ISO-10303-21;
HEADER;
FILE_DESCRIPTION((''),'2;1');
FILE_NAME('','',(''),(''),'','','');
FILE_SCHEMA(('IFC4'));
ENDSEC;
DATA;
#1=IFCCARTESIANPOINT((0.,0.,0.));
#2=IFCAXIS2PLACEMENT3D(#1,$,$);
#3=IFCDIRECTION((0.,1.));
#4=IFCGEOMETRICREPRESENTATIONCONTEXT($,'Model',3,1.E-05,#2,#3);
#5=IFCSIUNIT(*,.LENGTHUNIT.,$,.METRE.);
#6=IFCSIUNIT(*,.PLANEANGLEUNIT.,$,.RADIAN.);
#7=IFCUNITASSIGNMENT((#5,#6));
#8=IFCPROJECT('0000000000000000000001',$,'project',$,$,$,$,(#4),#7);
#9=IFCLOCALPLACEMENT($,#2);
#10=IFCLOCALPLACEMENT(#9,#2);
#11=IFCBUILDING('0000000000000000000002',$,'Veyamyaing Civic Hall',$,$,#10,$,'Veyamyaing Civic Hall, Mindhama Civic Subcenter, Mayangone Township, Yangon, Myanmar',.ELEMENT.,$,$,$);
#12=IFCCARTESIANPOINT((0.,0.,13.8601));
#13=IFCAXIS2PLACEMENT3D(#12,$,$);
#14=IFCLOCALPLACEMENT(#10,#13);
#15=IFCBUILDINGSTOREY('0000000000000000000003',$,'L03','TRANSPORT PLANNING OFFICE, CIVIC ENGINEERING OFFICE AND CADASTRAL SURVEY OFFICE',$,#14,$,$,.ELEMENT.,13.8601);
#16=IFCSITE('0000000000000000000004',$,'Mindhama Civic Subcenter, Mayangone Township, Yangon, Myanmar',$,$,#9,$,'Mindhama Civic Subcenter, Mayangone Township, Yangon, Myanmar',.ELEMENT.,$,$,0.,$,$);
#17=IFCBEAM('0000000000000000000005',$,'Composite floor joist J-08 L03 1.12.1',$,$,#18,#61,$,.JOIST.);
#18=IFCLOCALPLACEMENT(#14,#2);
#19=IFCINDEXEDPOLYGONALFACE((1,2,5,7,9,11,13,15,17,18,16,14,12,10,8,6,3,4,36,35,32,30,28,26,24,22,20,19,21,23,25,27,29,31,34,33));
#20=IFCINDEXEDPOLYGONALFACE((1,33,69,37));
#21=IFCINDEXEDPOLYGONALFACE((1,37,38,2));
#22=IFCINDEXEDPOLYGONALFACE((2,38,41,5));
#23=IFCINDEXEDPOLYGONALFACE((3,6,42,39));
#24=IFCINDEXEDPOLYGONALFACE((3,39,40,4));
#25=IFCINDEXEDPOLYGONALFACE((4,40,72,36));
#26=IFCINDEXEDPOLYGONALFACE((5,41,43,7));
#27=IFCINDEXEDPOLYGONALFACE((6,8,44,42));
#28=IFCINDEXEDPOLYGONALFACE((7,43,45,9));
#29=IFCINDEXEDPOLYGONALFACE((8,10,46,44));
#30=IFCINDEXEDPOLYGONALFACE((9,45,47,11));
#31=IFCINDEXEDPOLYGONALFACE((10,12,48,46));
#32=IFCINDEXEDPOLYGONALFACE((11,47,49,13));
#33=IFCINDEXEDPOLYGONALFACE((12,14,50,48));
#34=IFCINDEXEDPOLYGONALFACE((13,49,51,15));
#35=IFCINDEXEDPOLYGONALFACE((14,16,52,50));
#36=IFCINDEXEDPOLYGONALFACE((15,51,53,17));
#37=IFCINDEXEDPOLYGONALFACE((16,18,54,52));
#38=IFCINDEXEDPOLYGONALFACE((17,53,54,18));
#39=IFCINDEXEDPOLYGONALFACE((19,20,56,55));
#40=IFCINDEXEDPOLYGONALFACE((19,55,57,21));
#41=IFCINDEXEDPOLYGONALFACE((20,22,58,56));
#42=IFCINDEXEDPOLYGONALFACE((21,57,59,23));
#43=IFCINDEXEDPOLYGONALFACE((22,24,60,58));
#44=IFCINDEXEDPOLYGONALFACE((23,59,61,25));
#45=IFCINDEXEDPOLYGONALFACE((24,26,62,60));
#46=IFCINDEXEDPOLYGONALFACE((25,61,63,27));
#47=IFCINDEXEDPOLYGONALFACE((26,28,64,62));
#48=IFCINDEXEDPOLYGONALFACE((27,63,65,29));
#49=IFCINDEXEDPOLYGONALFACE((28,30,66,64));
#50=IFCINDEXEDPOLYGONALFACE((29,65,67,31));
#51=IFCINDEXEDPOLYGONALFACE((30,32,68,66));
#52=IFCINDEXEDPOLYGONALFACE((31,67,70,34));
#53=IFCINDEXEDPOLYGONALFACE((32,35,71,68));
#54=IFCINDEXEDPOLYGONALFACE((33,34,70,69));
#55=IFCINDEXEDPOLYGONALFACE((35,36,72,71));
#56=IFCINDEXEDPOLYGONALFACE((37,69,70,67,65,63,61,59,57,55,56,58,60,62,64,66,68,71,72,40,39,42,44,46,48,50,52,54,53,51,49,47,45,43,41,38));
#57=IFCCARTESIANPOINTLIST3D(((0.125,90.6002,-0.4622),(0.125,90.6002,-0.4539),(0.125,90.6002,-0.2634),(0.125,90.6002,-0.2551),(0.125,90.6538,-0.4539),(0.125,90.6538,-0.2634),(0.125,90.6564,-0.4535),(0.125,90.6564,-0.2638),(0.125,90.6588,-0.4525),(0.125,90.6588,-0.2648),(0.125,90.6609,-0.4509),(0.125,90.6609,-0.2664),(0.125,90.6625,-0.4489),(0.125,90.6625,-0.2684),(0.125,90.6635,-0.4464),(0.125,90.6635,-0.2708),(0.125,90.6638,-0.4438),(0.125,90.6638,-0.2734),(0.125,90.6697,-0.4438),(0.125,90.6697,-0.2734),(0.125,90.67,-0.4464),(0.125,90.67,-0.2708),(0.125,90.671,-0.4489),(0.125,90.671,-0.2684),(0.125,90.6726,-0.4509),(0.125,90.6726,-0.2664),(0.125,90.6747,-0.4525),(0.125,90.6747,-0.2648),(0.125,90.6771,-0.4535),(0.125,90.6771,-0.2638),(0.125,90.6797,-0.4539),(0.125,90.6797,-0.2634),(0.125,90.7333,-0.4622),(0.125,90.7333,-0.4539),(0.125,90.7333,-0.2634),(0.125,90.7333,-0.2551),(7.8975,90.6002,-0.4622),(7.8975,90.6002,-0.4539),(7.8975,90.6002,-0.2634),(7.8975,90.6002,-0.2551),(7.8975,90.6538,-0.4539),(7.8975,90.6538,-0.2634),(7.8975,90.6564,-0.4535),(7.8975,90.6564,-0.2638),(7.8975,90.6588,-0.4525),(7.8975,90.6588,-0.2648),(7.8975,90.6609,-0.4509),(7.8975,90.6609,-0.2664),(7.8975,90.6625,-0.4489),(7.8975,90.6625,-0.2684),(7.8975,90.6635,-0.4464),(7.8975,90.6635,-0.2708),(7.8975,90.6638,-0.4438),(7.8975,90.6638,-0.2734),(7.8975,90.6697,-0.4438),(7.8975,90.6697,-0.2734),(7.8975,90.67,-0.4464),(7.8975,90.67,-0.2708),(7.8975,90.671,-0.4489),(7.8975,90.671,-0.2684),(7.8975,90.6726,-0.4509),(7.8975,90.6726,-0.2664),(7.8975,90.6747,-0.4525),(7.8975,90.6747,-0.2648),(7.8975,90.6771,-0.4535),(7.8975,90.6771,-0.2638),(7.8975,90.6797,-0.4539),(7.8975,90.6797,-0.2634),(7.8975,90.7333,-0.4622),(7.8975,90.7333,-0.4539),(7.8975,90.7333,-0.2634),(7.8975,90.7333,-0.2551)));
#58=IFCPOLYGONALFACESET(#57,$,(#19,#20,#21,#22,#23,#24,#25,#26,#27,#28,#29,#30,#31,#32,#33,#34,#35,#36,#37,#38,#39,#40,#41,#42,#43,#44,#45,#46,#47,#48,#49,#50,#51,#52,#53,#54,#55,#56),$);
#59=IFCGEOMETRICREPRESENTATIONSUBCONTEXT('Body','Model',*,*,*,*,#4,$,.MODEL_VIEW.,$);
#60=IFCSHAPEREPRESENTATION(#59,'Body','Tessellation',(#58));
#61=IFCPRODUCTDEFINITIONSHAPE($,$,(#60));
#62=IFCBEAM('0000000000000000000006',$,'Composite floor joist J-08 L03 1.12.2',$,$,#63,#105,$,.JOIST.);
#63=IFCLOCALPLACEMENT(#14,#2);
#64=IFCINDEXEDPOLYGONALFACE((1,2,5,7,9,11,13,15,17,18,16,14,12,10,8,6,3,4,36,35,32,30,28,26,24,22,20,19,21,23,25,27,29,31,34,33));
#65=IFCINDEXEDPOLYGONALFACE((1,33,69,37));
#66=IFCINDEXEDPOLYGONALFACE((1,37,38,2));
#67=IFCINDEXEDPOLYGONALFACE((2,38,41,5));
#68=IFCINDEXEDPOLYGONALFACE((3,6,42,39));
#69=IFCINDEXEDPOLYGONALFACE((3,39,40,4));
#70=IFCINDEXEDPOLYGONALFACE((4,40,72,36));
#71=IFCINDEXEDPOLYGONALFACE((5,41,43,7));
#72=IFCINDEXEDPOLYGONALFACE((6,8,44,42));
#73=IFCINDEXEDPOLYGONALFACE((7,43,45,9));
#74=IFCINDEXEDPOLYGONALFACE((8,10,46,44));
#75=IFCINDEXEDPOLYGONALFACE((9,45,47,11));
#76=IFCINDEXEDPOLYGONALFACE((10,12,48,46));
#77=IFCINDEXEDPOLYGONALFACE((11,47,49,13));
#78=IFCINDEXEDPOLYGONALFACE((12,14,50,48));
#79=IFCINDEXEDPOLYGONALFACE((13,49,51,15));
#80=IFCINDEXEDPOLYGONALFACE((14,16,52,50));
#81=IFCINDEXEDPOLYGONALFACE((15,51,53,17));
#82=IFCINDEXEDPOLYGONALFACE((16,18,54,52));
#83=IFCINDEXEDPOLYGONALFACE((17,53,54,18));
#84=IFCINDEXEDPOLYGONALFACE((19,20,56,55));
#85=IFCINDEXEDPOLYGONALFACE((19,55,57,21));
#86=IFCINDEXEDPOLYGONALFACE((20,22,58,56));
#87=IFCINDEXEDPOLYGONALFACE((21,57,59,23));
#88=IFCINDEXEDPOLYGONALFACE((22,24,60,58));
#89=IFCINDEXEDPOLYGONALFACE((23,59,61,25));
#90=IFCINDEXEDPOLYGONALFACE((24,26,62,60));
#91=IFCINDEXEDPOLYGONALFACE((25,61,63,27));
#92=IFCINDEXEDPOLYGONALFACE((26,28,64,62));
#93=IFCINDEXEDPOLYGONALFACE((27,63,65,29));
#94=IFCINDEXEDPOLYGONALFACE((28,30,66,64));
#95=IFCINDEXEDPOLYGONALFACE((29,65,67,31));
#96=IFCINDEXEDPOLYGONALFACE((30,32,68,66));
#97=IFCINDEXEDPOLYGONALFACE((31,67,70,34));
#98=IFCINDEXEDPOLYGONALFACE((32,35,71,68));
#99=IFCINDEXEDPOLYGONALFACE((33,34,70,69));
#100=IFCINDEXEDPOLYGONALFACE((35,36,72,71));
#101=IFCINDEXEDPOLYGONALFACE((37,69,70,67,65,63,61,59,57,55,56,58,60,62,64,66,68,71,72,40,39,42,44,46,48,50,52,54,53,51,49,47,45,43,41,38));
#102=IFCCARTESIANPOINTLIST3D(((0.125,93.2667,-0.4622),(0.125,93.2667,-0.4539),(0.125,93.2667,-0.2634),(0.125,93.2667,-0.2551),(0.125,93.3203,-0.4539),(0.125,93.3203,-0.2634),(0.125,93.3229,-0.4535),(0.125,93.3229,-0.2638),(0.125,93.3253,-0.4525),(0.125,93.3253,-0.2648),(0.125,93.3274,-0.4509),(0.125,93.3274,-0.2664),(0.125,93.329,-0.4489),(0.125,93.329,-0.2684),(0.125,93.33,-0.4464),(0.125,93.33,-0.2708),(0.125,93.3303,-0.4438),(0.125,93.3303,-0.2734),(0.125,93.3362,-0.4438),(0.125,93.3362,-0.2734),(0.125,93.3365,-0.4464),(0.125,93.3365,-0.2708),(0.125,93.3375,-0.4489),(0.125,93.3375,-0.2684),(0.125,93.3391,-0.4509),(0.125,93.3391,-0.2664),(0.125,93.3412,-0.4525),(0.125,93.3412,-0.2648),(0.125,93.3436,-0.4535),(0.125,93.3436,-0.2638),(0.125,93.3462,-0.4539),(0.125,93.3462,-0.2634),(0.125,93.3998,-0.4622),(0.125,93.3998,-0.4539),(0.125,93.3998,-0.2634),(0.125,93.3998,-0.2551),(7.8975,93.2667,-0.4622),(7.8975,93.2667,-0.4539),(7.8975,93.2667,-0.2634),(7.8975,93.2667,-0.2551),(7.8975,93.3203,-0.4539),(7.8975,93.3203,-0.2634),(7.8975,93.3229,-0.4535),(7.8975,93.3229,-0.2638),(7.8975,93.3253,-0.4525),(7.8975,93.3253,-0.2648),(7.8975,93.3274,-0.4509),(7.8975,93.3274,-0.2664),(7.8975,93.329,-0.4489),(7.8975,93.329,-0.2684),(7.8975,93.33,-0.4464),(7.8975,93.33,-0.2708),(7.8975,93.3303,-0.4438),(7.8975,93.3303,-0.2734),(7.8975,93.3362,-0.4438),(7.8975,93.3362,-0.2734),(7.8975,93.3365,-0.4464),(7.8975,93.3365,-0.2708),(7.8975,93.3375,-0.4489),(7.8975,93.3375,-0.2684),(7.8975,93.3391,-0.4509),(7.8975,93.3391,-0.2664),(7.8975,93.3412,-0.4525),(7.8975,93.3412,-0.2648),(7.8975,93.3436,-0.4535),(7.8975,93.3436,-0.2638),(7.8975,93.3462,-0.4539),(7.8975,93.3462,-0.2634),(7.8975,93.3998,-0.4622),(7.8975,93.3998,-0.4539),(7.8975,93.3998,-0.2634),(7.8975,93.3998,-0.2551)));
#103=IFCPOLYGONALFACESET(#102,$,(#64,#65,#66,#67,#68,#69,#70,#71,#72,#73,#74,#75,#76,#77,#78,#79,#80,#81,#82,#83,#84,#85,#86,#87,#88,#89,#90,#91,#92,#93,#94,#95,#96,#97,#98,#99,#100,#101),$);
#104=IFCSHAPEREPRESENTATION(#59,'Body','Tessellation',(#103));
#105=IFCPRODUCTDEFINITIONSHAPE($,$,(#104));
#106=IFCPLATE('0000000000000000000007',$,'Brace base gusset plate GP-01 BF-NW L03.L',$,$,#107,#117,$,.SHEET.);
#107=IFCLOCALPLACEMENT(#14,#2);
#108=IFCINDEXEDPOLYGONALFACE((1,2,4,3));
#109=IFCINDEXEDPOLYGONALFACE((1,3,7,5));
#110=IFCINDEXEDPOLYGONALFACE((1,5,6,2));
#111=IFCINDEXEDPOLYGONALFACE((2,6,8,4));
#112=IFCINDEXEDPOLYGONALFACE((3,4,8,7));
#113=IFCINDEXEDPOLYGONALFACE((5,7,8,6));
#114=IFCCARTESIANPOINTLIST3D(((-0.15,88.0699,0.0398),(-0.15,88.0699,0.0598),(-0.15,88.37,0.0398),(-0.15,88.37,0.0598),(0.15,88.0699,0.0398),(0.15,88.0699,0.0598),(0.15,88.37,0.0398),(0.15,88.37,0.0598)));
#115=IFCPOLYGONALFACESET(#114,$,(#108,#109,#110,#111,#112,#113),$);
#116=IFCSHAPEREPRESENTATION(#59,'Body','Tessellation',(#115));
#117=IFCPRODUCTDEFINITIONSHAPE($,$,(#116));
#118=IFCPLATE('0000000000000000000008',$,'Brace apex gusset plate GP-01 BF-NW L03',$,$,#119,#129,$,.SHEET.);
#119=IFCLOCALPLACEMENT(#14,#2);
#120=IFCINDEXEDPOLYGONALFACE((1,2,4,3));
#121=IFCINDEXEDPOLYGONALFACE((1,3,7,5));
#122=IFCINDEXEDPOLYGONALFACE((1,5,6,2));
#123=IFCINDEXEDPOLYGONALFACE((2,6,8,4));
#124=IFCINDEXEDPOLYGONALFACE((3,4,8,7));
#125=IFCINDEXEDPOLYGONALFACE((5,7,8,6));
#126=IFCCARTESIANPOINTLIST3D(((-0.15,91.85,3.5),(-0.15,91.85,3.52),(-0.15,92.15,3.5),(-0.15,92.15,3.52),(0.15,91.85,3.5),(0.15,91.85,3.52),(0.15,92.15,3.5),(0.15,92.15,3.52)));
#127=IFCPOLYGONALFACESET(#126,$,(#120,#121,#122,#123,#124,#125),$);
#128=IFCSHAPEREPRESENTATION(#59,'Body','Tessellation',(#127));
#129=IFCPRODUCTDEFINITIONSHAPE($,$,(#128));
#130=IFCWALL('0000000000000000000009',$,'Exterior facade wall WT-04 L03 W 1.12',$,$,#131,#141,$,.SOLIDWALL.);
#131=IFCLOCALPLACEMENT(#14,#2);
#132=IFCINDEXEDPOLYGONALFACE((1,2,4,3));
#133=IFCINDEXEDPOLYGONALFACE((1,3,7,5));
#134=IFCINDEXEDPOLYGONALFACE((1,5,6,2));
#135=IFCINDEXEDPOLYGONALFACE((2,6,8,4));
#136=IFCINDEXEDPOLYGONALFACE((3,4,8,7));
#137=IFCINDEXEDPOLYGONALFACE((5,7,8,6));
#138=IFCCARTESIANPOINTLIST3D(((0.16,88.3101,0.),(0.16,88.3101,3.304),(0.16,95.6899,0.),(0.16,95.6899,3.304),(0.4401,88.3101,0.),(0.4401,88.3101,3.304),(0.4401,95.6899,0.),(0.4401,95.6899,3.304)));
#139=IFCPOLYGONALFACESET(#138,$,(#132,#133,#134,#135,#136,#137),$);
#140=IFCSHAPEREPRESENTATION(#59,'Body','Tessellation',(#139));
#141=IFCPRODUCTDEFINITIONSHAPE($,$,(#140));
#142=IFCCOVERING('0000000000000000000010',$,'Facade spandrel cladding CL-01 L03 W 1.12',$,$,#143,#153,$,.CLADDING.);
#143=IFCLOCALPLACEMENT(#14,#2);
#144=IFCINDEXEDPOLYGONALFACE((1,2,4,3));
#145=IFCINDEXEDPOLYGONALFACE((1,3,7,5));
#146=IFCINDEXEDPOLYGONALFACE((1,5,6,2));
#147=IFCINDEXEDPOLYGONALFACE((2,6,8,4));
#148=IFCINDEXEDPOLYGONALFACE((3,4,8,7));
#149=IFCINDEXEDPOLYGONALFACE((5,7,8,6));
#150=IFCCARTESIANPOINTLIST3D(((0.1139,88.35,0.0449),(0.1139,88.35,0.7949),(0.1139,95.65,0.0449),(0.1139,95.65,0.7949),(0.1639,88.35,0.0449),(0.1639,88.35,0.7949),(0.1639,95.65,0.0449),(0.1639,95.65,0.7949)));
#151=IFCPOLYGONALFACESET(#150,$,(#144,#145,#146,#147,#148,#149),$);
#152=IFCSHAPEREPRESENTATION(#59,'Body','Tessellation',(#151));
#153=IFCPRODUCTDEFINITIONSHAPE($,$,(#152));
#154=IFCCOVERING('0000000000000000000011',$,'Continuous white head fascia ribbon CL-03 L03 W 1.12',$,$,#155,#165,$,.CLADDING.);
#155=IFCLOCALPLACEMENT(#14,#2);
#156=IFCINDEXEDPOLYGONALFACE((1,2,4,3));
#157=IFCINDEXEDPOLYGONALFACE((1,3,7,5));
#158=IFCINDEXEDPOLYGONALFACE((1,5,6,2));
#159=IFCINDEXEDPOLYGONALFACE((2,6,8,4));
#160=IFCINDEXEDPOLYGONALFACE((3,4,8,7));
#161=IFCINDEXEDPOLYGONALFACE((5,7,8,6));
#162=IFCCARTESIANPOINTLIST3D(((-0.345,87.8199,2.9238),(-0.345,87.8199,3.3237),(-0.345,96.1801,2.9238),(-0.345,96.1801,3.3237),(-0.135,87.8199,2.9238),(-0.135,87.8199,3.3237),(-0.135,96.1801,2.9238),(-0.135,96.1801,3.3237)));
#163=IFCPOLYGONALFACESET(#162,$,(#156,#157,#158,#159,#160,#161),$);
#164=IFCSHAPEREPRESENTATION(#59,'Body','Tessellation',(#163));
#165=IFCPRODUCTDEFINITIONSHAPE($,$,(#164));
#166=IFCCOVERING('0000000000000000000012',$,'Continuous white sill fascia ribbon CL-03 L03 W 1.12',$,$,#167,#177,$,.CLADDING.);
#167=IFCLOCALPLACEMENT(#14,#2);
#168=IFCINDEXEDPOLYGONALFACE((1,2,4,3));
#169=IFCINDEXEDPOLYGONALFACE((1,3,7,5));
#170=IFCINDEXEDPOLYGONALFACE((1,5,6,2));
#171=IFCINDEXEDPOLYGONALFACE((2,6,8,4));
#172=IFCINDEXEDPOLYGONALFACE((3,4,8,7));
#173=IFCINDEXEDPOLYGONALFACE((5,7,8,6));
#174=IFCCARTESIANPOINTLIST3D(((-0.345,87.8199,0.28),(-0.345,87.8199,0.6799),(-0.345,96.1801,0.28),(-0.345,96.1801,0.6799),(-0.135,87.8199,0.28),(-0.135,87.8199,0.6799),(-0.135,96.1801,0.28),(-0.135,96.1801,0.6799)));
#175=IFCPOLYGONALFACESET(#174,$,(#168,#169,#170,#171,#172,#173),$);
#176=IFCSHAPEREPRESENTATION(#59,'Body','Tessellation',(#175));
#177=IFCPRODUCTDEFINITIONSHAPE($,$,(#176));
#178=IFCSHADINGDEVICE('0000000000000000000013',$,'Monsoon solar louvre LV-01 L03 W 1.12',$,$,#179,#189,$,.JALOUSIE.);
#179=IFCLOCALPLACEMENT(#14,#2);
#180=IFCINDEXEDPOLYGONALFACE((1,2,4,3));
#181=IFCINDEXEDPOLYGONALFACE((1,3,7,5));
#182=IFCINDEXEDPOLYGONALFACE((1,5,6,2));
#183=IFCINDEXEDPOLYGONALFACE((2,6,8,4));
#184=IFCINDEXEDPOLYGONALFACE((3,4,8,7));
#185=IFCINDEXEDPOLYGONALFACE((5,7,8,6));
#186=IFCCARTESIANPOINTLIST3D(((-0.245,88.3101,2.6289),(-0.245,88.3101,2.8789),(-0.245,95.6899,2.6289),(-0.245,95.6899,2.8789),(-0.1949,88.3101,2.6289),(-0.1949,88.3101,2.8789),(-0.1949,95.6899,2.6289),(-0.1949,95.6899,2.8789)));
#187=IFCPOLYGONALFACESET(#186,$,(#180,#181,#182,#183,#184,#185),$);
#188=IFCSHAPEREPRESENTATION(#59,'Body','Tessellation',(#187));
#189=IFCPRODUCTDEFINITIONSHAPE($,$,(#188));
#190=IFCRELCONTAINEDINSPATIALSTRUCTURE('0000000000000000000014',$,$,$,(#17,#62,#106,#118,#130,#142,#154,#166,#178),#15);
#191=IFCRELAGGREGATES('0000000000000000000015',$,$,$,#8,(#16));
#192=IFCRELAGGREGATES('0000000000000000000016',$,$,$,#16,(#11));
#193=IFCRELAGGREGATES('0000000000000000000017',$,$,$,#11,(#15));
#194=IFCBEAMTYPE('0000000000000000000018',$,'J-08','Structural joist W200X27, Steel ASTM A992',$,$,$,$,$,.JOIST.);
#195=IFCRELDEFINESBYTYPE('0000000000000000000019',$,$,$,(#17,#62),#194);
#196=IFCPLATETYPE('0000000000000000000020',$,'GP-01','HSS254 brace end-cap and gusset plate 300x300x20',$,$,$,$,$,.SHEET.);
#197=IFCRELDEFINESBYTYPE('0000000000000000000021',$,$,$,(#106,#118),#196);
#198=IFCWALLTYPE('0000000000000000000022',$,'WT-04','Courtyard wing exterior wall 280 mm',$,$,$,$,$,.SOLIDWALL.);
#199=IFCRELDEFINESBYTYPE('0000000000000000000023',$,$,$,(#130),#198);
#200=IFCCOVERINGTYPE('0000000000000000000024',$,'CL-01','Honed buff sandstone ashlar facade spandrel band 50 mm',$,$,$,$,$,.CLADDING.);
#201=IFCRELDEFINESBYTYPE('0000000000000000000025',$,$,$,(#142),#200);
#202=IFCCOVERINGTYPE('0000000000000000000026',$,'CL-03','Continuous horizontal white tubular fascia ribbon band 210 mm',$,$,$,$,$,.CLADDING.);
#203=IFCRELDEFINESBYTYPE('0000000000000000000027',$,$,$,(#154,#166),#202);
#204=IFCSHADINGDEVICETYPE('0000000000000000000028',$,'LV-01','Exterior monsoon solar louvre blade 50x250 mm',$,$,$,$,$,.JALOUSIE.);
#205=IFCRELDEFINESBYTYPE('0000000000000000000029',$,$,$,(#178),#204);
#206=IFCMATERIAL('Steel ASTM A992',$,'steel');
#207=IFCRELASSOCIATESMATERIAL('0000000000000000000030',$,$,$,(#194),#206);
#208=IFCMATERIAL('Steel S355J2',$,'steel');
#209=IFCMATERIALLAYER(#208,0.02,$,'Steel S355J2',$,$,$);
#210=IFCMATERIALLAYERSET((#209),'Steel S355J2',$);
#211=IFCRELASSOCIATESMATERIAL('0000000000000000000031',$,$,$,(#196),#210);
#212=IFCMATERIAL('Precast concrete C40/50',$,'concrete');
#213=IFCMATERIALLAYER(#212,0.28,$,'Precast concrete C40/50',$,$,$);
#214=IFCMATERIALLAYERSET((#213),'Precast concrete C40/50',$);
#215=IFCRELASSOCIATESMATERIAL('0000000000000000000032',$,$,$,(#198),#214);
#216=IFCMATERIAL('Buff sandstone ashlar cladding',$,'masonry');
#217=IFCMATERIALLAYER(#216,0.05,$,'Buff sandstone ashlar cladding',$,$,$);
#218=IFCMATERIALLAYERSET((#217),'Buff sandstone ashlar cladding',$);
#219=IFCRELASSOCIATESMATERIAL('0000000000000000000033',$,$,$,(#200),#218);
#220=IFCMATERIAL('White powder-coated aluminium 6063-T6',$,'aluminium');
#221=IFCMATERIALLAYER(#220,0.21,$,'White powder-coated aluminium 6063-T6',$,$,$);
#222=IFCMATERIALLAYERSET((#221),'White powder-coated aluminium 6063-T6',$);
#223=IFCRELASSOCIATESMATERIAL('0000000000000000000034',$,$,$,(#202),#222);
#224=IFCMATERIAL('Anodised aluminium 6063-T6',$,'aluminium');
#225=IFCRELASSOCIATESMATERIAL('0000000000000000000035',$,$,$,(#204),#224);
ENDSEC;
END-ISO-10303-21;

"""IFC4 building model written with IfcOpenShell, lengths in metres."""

from ifc_helpers import new_model, si_unit, direction, frame, frame_2d, origin, origin_2d, place, context, subcontext, project, spatial, rectangle, i_section, extrude, material, layer, layer_set, material_profile, profile_set, type_object, element, save


model = new_model("IFC4")

# Units and contexts
model_context = context("Model", 3, precision=1e-05, world=origin(), true_north=direction((0.0, 1.0)))
body_context = subcontext(model_context, "Body", "Model", "MODEL_VIEW")
ifc_project = project(units=[si_unit("LENGTHUNIT", "METRE"), si_unit("PLANEANGLEUNIT", "RADIAN")], contexts=[model_context])

# Site, building, storey
site_placement = place(None, origin())
site = spatial("IfcSite", under=ifc_project, at=site_placement, Name="Mindhama Civic Subcenter, Mayangone Township, Yangon, Myanmar", LongName="Mindhama Civic Subcenter, Mayangone Township, Yangon, Myanmar", CompositionType="ELEMENT", RefElevation=0.0)
building_placement = place(site_placement, origin())
building = spatial("IfcBuilding", under=site, at=building_placement, Name="Veyamyaing Civic Hall", LongName="Veyamyaing Civic Hall, Mindhama Civic Subcenter, Mayangone Township, Yangon, Myanmar", CompositionType="ELEMENT")
storey_placement = place(building_placement, frame((0.0, 0.0, 13.8601)))
storey = spatial("IfcBuildingStorey", under=building, at=storey_placement, Name="L03", Description="TRANSPORT PLANNING OFFICE, CIVIC ENGINEERING OFFICE AND CADASTRAL SURVEY OFFICE", CompositionType="ELEMENT", Elevation=13.8601)

# Shared definitions
ifc_material_1 = material(Name="Steel ASTM A992", Category="steel")

# Shared definitions
ifc_material_2 = material(Name="Steel S355J2", Category="steel")

# Beams
ifc_material_profile_1 = material_profile(ifc_material_1, i_section(OverallWidth=0.1331, OverallDepth=0.207, WebThickness=0.0059, FlangeThickness=0.0083, FilletRadius=0.01, at=origin_2d()), Name="W200X27")
ifc_profile_set_1 = profile_set([ifc_material_profile_1], Name="Steel ASTM A992")
beam_type_1 = type_object("IfcBeamType", Name="J-08", Description="Structural joist W200X27, Steel ASTM A992", PredefinedType="JOIST", material=ifc_profile_set_1)
for number, where, z_axis, x_axis, name in (
    (1, (0.125, 90.6667, -0.3586), (1.0, 0.0, 0.0), (0.0, 1.0, 0.0), "Composite floor joist J-08 L03 1.12.1"),
    (2, (0.125, 93.3333, -0.3586), (1.0, 0.0, 0.0), (0.0, 1.0, 0.0), "Composite floor joist J-08 L03 1.12.2"),
):
    element("IfcBeam", number, at=place(storey_placement, frame(where, z_axis=z_axis, x_axis=x_axis)), inside=storey, type_object=beam_type_1, Name=name, PredefinedType="JOIST", context=body_context, shape_type="SweptSolid", body=[
        extrude(i_section(OverallWidth=0.1331, OverallDepth=0.207, WebThickness=0.0059, FlangeThickness=0.0083, FilletRadius=0.01, at=origin_2d()), origin(), (0.0, 0.0, 1.0), 7.7725),
    ])

# Plates
ifc_layer_1 = layer(ifc_material_2, 0.02, Name="Steel S355J2")
ifc_layer_set_1 = layer_set([ifc_layer_1], Name="Steel S355J2")
plate_type = type_object("IfcPlateType", Name="GP-01", Description="HSS254 brace end-cap and gusset plate 300x300x20", PredefinedType="SHEET", material=ifc_layer_set_1)
for number, where, z_axis, x_axis, name in (
    (3, (0.0, 88.22, 0.0398), (0.0, 0.0, 1.0), (1.0, 0.0, 0.0), "Brace base gusset plate GP-01 BF-NW L03.L"),
    (4, (0.0, 92.0, 3.5), (0.0, 0.0, 1.0), (1.0, 0.0, 0.0), "Brace apex gusset plate GP-01 BF-NW L03"),
):
    element("IfcPlate", number, at=place(storey_placement, frame(where, z_axis=z_axis, x_axis=x_axis)), inside=storey, type_object=plate_type, Name=name, PredefinedType="SHEET", context=body_context, shape_type="SweptSolid", body=[
        extrude(rectangle(XDim=0.3, YDim=0.3, at=origin_2d()), origin(), (0.0, 0.0, 1.0), 0.02),
    ])

# Wall
ifc_material_3 = material(Name="Precast concrete C40/50", Category="concrete")
ifc_layer_2 = layer(ifc_material_3, 0.28, Name="Precast concrete C40/50")
ifc_layer_set_2 = layer_set([ifc_layer_2], Name="Precast concrete C40/50")
wall_type = type_object("IfcWallType", Name="WT-04", Description="Courtyard wing exterior wall 280 mm", PredefinedType="SOLIDWALL", material=ifc_layer_set_2)
wall_placement = place(storey_placement, frame((0.3, 88.3101, 0.0), z_axis=(0.0, 0.0, 1.0), x_axis=(0.0, 1.0, 0.0)))
element("IfcWall", 5, at=wall_placement, inside=storey, type_object=wall_type, Name="Exterior facade wall WT-04 L03 W 1.12", PredefinedType="SOLIDWALL", context=body_context, shape_type="SweptSolid", body=[
    extrude(rectangle(XDim=7.3799, YDim=0.28, at=frame_2d((3.6899, 0.0))), origin(), (0.0, 0.0, 1.0), 3.304),
])

# Coverings
ifc_material_4 = material(Name="Buff sandstone ashlar cladding", Category="masonry")
ifc_layer_3 = layer(ifc_material_4, 0.05, Name="Buff sandstone ashlar cladding")
ifc_layer_set_3 = layer_set([ifc_layer_3], Name="Buff sandstone ashlar cladding")
covering_type_1 = type_object("IfcCoveringType", Name="CL-01", Description="Honed buff sandstone ashlar facade spandrel band 50 mm", PredefinedType="CLADDING", material=ifc_layer_set_3)
covering_placement = place(storey_placement, frame((0.1389, 92.0, 0.0449), z_axis=(0.0, 0.0, 1.0), x_axis=(0.0, 1.0, 0.0)))
element("IfcCovering", 6, at=covering_placement, inside=storey, type_object=covering_type_1, Name="Facade spandrel cladding CL-01 L03 W 1.12", PredefinedType="CLADDING", context=body_context, shape_type="SweptSolid", body=[
    extrude(rectangle(XDim=7.3, YDim=0.05, at=origin_2d()), origin(), (0.0, 0.0, 1.0), 0.75),
])
ifc_material_5 = material(Name="White powder-coated aluminium 6063-T6", Category="aluminium")
ifc_layer_4 = layer(ifc_material_5, 0.21, Name="White powder-coated aluminium 6063-T6")
ifc_layer_set_4 = layer_set([ifc_layer_4], Name="White powder-coated aluminium 6063-T6")
covering_type_2 = type_object("IfcCoveringType", Name="CL-03", Description="Continuous horizontal white tubular fascia ribbon band 210 mm", PredefinedType="CLADDING", material=ifc_layer_set_4)
for number, where, z_axis, x_axis, name in (
    (7, (-0.24, 92.0, 2.9238), (0.0, 0.0, 1.0), (0.0, 1.0, 0.0), "Continuous white head fascia ribbon CL-03 L03 W 1.12"),
    (8, (-0.24, 92.0, 0.28), (0.0, 0.0, 1.0), (0.0, 1.0, 0.0), "Continuous white sill fascia ribbon CL-03 L03 W 1.12"),
):
    element("IfcCovering", number, at=place(storey_placement, frame(where, z_axis=z_axis, x_axis=x_axis)), inside=storey, type_object=covering_type_2, Name=name, PredefinedType="CLADDING", context=body_context, shape_type="SweptSolid", body=[
        extrude(rectangle(XDim=8.3601, YDim=0.21, at=origin_2d()), origin(), (0.0, 0.0, 1.0), 0.3999),
    ])

# Shading device
ifc_material_6 = material(Name="Anodised aluminium 6063-T6", Category="aluminium")
ifc_material_profile_2 = material_profile(ifc_material_6, rectangle(XDim=0.05, YDim=0.25, at=origin_2d()), Name="LOUVRE-BLADE-50X250")
ifc_profile_set_2 = profile_set([ifc_material_profile_2], Name="Anodised aluminium 6063-T6")
shading_device_type_1 = type_object("IfcShadingDeviceType", Name="LV-01", Description="Exterior monsoon solar louvre blade 50x250 mm", PredefinedType="JALOUSIE", material=ifc_profile_set_2)
shading_device_1_placement = place(storey_placement, frame((-0.22, 88.3101, 2.7539), z_axis=(0.0, 1.0, 0.0), x_axis=(-1.0, 0.0, 0.0)))
element("IfcShadingDevice", 9, at=shading_device_1_placement, inside=storey, type_object=shading_device_type_1, Name="Monsoon solar louvre LV-01 L03 W 1.12", PredefinedType="JALOUSIE", context=body_context, shape_type="SweptSolid", body=[
    extrude(rectangle(XDim=0.05, YDim=0.25, at=origin_2d()), origin(), (0.0, 0.0, 1.0), 7.3799),
])

save(model, "model.ifc")
